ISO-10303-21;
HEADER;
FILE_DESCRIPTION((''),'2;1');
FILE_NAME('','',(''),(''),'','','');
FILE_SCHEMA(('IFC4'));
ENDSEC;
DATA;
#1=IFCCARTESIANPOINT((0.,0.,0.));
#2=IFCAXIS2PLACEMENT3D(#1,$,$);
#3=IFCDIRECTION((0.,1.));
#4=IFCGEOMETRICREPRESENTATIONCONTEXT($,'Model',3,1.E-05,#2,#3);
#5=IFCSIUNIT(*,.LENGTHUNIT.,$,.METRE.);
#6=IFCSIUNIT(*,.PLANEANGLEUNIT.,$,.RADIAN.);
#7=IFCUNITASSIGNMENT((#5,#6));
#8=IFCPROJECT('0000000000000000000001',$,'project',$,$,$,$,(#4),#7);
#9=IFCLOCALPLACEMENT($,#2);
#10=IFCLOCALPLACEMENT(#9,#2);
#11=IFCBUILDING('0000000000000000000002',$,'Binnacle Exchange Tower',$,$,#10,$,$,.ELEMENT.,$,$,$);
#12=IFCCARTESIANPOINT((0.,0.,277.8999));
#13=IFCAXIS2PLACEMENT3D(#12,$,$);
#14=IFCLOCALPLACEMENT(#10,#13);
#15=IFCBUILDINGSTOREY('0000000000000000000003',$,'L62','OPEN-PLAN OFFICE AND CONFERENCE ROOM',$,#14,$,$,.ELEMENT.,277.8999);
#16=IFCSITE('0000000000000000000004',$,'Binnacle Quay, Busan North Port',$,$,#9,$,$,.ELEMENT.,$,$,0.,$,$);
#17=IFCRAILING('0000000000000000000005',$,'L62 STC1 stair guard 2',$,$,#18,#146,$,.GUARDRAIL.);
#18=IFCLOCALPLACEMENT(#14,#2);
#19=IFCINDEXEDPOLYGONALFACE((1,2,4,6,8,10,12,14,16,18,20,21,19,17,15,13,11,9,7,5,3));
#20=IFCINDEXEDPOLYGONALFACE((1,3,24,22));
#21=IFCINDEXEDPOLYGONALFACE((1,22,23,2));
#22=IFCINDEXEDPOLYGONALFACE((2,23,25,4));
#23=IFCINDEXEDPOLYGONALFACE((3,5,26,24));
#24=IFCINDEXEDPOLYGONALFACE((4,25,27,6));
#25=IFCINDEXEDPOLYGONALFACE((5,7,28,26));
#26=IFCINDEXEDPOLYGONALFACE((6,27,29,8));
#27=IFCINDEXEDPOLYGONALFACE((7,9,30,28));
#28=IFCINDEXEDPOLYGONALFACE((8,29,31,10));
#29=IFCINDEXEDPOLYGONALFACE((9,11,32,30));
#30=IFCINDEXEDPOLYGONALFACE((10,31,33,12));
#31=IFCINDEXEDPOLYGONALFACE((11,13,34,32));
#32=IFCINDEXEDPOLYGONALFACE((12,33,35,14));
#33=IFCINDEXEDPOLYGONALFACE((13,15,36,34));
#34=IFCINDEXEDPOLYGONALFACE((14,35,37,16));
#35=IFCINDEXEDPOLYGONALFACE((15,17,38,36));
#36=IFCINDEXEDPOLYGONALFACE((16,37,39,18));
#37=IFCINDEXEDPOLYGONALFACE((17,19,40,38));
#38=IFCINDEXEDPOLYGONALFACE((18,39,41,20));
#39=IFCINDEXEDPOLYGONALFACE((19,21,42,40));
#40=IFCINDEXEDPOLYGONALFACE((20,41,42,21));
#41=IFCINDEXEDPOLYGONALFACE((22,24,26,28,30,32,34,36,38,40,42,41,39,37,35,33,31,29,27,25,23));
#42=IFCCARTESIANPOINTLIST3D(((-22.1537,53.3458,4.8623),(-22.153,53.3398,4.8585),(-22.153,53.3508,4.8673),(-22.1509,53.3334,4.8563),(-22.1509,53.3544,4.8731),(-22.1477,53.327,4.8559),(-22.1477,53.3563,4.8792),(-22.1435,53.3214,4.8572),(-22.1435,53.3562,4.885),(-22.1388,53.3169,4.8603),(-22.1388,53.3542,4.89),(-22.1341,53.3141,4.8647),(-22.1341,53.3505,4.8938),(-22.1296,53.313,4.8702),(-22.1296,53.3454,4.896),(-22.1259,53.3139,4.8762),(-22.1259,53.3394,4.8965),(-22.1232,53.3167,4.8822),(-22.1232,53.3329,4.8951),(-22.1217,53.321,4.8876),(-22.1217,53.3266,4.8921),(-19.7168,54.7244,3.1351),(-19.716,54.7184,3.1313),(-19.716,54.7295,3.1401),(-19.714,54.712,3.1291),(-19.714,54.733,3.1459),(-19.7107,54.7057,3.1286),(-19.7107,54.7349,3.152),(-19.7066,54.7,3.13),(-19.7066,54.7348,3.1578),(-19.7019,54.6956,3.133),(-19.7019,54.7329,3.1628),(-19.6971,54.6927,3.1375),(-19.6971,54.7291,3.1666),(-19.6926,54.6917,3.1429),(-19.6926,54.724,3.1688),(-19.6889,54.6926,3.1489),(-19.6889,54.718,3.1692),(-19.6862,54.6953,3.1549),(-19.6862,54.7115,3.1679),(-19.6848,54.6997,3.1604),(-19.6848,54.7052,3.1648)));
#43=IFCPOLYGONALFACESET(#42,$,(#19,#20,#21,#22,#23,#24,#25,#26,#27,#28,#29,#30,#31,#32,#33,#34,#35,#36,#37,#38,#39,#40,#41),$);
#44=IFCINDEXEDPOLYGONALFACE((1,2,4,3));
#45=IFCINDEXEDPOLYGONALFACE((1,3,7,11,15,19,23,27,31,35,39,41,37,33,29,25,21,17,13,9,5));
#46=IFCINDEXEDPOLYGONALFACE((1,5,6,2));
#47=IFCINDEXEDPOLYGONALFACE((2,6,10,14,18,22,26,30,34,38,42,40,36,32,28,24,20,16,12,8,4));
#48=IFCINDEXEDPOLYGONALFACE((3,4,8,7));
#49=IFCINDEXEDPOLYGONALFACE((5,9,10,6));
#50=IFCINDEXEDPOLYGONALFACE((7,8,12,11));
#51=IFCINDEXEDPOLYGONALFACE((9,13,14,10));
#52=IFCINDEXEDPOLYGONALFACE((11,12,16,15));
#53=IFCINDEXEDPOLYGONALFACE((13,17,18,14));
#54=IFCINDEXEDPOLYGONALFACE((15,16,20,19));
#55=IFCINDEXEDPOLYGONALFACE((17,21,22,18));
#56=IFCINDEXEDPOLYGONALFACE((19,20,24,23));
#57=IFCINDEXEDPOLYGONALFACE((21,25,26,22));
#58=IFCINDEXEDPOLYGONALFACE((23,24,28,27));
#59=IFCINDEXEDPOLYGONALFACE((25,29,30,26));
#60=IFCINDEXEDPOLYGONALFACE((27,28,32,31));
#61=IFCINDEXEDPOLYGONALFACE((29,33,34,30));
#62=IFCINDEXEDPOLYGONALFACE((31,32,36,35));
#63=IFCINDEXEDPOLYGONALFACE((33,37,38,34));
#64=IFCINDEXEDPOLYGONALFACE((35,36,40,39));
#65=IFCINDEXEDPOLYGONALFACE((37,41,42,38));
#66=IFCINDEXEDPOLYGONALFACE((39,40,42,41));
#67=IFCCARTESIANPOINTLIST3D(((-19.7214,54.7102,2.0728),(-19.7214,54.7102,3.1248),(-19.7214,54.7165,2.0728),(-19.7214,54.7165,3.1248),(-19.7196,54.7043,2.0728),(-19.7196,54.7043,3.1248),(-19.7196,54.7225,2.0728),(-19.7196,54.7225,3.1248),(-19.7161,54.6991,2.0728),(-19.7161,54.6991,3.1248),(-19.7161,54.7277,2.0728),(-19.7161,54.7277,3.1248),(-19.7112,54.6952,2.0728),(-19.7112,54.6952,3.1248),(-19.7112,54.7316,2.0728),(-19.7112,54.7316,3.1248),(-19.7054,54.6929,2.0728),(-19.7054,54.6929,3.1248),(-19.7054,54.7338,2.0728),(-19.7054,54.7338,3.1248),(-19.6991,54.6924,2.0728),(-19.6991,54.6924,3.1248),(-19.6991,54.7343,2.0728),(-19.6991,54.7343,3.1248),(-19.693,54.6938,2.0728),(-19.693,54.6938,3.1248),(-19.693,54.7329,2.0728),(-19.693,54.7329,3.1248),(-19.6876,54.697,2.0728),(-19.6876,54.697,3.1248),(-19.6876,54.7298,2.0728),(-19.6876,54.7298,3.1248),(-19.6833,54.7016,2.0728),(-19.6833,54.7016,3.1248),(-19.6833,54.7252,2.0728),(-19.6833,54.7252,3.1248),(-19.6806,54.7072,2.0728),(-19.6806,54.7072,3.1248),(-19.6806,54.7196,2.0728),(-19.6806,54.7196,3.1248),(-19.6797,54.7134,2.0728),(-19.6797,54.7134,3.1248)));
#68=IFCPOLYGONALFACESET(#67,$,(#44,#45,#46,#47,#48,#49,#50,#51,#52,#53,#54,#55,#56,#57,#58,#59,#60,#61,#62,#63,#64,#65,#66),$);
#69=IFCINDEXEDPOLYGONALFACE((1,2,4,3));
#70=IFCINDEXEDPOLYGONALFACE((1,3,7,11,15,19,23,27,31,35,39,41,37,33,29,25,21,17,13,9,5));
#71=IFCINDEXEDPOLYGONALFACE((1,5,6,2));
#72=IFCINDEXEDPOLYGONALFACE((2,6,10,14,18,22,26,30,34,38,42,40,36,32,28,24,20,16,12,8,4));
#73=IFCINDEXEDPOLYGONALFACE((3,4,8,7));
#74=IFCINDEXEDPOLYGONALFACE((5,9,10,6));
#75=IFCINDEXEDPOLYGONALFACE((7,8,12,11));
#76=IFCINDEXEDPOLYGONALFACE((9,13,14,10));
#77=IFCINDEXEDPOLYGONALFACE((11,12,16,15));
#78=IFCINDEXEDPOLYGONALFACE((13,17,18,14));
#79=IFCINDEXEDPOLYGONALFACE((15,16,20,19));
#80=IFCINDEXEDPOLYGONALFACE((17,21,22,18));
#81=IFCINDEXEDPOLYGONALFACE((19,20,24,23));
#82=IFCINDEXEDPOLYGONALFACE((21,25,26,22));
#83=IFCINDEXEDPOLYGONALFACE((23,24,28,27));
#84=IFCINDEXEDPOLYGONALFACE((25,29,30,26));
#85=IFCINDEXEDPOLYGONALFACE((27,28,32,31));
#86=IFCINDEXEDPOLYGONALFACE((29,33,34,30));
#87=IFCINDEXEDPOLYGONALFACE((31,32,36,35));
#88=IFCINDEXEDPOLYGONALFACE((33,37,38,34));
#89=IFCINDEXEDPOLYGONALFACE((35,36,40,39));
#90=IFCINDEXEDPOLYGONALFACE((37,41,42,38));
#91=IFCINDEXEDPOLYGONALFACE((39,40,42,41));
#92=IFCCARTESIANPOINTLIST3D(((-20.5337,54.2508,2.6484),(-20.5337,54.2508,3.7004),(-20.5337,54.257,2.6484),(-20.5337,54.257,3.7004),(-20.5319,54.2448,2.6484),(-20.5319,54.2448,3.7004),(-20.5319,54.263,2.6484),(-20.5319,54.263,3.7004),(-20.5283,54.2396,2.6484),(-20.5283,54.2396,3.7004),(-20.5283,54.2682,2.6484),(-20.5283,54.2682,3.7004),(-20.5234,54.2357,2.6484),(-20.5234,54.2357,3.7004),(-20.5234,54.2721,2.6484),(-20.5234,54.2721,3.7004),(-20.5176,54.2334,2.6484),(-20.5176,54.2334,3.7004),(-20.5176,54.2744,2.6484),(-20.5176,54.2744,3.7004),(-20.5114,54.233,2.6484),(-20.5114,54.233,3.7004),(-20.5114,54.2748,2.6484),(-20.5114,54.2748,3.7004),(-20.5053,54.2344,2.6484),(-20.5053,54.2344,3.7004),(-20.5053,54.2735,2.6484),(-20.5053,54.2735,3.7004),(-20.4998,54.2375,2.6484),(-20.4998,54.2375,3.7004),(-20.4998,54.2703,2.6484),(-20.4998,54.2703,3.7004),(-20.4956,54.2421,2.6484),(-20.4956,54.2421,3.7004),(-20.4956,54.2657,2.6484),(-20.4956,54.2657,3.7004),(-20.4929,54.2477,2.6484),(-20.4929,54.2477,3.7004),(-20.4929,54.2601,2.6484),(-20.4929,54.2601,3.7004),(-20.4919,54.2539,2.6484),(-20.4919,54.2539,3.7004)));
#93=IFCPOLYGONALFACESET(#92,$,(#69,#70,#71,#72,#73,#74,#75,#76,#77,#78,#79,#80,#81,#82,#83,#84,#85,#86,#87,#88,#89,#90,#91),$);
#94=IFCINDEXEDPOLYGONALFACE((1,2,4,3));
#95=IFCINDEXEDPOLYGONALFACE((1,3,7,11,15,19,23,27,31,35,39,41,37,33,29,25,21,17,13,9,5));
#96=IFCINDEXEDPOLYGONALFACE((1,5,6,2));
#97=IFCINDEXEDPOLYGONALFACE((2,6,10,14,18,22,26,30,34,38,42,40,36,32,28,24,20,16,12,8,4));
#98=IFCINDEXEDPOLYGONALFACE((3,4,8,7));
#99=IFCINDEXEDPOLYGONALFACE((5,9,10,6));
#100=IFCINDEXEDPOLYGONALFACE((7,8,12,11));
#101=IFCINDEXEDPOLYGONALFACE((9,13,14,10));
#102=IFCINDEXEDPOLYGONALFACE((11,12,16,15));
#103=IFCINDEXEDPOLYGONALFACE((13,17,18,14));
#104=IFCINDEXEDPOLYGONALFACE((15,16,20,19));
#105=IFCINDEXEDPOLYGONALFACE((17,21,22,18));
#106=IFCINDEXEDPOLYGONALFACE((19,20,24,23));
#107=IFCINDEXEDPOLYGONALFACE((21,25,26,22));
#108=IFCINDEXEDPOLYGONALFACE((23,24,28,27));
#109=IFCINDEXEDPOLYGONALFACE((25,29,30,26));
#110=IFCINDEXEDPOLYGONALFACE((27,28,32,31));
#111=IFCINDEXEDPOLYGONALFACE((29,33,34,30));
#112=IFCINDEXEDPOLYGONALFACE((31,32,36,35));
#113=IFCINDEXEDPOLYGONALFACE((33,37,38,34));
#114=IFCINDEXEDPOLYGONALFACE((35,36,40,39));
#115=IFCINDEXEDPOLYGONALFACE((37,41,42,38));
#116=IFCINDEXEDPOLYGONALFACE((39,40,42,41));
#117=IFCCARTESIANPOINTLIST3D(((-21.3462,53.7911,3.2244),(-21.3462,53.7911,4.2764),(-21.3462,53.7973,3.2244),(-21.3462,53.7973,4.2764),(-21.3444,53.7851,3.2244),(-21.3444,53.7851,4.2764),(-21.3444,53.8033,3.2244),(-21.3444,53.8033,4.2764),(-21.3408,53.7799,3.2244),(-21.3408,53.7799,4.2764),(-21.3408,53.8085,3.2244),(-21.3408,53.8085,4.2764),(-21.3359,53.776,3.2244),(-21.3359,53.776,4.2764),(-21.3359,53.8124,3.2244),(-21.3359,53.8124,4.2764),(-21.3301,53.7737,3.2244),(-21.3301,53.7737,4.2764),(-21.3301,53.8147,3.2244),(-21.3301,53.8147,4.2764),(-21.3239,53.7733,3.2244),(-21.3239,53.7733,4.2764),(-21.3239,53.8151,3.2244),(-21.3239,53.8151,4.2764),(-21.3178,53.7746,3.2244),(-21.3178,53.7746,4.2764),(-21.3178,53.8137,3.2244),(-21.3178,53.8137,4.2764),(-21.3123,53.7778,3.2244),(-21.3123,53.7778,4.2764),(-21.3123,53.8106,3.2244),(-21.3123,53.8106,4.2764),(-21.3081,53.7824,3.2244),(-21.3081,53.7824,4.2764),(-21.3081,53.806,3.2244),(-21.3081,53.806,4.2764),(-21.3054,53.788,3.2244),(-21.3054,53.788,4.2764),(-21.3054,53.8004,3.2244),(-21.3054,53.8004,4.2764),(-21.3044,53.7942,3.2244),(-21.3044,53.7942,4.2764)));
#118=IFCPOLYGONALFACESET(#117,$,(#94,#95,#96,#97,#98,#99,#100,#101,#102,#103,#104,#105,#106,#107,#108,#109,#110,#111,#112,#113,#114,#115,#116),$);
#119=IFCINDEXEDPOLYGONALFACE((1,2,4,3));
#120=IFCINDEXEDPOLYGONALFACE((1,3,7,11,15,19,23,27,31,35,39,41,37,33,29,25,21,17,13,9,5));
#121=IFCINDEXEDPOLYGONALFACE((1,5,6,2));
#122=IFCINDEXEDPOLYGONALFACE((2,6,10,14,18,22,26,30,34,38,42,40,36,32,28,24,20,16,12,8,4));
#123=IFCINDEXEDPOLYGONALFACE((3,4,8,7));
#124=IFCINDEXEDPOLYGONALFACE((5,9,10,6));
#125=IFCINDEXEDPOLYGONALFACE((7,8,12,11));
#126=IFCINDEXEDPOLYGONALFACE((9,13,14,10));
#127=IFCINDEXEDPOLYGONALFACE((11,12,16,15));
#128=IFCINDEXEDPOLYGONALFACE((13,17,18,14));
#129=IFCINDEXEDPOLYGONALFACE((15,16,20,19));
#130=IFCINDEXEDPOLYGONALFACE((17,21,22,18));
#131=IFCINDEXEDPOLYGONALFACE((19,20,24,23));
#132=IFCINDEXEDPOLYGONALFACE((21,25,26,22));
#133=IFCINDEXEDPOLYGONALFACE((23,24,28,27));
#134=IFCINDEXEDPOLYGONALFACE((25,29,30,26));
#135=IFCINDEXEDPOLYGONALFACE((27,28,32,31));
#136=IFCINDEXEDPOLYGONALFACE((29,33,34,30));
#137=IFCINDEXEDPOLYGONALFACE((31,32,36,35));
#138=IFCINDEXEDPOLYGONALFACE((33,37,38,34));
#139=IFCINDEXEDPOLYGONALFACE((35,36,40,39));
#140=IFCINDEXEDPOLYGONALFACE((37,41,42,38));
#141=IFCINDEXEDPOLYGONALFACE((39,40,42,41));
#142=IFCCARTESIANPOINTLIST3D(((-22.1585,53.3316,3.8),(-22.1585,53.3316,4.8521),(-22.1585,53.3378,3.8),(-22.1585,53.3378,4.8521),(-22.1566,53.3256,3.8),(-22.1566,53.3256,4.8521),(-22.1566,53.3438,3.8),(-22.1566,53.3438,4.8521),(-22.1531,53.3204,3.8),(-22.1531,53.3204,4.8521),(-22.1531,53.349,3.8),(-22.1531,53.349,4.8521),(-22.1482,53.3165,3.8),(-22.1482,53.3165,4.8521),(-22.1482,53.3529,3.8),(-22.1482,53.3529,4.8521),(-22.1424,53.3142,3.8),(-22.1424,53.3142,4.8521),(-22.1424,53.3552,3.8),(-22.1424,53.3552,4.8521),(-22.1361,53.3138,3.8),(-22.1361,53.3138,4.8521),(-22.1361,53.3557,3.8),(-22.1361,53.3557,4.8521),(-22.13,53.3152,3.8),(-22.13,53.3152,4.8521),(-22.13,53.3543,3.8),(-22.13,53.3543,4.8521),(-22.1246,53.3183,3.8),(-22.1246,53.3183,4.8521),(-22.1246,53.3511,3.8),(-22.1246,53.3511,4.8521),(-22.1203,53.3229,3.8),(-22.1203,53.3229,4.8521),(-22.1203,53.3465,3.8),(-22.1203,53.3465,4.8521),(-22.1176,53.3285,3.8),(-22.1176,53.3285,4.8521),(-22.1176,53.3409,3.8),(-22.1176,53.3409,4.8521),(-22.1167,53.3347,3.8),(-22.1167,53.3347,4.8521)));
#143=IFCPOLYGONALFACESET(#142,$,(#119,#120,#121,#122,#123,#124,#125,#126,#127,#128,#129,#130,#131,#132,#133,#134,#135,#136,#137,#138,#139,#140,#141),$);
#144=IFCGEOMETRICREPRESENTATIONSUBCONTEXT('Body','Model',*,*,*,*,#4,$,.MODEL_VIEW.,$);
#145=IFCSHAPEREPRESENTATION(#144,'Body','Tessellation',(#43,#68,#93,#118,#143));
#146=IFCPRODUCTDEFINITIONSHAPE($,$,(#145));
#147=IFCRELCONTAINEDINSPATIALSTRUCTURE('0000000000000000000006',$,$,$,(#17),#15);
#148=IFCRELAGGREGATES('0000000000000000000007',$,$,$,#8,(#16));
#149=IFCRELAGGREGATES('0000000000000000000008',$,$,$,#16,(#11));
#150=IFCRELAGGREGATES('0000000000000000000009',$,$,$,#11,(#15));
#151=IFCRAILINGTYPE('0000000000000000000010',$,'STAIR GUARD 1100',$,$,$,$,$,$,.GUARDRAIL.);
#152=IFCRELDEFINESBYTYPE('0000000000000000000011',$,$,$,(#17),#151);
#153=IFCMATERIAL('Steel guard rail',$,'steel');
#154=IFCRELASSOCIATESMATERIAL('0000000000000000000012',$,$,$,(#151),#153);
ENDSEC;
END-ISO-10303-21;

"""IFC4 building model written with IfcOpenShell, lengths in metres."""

from ifc_helpers import new_model, si_unit, direction, frame, origin, origin_2d, place, context, subcontext, project, spatial, circle, extrude, material, type_object, element, save


model = new_model("IFC4")

# Units and contexts
model_context = context("Model", 3, precision=1e-05, world=origin(), true_north=direction((0.0, 1.0)))
body_context = subcontext(model_context, "Body", "Model", "MODEL_VIEW")
ifc_project = project(units=[si_unit("LENGTHUNIT", "METRE"), si_unit("PLANEANGLEUNIT", "RADIAN")], contexts=[model_context])

# Site, building, storey
site_placement = place(None, origin())
site = spatial("IfcSite", under=ifc_project, at=site_placement, Name="Binnacle Quay, Busan North Port", CompositionType="ELEMENT", RefElevation=0.0)
building_placement = place(site_placement, origin())
building = spatial("IfcBuilding", under=site, at=building_placement, Name="Binnacle Exchange Tower", CompositionType="ELEMENT")
storey_placement = place(building_placement, frame((0.0, 0.0, 277.8999)))
storey = spatial("IfcBuildingStorey", under=building, at=storey_placement, Name="L62", Description="OPEN-PLAN OFFICE AND CONFERENCE ROOM", CompositionType="ELEMENT", Elevation=277.8999)

# Railing
ifc_material_1 = material(Name="Steel guard rail", Category="steel")
railing_type = type_object("IfcRailingType", Name="STAIR GUARD 1100", PredefinedType="GUARDRAIL", material=ifc_material_1)
railing_1_placement = place(storey_placement, frame((-19.7007, 54.7134, 2.0728)))
element("IfcRailing", 1, at=railing_1_placement, inside=storey, type_object=railing_type, Name="L62 STC1 stair guard 2", PredefinedType="GUARDRAIL", context=body_context, shape_type="SweptSolid", body=[
    extrude(circle(Radius=0.0239, at=origin_2d()), frame((0.0, 0.0, 1.0762), z_axis=(-0.740761, -0.419062, 0.525033), x_axis=(0.492388, -0.870376, 0.0)), (0.0, 0.0, 1.0), 3.2898),
    extrude(circle(Radius=0.021, at=origin_2d()), origin(), (0.0, 0.0, 1.0), 1.052),
    extrude(circle(Radius=0.021, at=origin_2d()), frame((-0.8123, -0.4595, 0.5757)), (0.0, 0.0, 1.0), 1.052),
    extrude(circle(Radius=0.021, at=origin_2d()), frame((-1.6248, -0.9192, 1.1516)), (0.0, 0.0, 1.0), 1.052),
    extrude(circle(Radius=0.021, at=origin_2d()), frame((-2.437, -1.3787, 1.7273)), (0.0, 0.0, 1.0), 1.052),
])

save(model, "model.ifc")
